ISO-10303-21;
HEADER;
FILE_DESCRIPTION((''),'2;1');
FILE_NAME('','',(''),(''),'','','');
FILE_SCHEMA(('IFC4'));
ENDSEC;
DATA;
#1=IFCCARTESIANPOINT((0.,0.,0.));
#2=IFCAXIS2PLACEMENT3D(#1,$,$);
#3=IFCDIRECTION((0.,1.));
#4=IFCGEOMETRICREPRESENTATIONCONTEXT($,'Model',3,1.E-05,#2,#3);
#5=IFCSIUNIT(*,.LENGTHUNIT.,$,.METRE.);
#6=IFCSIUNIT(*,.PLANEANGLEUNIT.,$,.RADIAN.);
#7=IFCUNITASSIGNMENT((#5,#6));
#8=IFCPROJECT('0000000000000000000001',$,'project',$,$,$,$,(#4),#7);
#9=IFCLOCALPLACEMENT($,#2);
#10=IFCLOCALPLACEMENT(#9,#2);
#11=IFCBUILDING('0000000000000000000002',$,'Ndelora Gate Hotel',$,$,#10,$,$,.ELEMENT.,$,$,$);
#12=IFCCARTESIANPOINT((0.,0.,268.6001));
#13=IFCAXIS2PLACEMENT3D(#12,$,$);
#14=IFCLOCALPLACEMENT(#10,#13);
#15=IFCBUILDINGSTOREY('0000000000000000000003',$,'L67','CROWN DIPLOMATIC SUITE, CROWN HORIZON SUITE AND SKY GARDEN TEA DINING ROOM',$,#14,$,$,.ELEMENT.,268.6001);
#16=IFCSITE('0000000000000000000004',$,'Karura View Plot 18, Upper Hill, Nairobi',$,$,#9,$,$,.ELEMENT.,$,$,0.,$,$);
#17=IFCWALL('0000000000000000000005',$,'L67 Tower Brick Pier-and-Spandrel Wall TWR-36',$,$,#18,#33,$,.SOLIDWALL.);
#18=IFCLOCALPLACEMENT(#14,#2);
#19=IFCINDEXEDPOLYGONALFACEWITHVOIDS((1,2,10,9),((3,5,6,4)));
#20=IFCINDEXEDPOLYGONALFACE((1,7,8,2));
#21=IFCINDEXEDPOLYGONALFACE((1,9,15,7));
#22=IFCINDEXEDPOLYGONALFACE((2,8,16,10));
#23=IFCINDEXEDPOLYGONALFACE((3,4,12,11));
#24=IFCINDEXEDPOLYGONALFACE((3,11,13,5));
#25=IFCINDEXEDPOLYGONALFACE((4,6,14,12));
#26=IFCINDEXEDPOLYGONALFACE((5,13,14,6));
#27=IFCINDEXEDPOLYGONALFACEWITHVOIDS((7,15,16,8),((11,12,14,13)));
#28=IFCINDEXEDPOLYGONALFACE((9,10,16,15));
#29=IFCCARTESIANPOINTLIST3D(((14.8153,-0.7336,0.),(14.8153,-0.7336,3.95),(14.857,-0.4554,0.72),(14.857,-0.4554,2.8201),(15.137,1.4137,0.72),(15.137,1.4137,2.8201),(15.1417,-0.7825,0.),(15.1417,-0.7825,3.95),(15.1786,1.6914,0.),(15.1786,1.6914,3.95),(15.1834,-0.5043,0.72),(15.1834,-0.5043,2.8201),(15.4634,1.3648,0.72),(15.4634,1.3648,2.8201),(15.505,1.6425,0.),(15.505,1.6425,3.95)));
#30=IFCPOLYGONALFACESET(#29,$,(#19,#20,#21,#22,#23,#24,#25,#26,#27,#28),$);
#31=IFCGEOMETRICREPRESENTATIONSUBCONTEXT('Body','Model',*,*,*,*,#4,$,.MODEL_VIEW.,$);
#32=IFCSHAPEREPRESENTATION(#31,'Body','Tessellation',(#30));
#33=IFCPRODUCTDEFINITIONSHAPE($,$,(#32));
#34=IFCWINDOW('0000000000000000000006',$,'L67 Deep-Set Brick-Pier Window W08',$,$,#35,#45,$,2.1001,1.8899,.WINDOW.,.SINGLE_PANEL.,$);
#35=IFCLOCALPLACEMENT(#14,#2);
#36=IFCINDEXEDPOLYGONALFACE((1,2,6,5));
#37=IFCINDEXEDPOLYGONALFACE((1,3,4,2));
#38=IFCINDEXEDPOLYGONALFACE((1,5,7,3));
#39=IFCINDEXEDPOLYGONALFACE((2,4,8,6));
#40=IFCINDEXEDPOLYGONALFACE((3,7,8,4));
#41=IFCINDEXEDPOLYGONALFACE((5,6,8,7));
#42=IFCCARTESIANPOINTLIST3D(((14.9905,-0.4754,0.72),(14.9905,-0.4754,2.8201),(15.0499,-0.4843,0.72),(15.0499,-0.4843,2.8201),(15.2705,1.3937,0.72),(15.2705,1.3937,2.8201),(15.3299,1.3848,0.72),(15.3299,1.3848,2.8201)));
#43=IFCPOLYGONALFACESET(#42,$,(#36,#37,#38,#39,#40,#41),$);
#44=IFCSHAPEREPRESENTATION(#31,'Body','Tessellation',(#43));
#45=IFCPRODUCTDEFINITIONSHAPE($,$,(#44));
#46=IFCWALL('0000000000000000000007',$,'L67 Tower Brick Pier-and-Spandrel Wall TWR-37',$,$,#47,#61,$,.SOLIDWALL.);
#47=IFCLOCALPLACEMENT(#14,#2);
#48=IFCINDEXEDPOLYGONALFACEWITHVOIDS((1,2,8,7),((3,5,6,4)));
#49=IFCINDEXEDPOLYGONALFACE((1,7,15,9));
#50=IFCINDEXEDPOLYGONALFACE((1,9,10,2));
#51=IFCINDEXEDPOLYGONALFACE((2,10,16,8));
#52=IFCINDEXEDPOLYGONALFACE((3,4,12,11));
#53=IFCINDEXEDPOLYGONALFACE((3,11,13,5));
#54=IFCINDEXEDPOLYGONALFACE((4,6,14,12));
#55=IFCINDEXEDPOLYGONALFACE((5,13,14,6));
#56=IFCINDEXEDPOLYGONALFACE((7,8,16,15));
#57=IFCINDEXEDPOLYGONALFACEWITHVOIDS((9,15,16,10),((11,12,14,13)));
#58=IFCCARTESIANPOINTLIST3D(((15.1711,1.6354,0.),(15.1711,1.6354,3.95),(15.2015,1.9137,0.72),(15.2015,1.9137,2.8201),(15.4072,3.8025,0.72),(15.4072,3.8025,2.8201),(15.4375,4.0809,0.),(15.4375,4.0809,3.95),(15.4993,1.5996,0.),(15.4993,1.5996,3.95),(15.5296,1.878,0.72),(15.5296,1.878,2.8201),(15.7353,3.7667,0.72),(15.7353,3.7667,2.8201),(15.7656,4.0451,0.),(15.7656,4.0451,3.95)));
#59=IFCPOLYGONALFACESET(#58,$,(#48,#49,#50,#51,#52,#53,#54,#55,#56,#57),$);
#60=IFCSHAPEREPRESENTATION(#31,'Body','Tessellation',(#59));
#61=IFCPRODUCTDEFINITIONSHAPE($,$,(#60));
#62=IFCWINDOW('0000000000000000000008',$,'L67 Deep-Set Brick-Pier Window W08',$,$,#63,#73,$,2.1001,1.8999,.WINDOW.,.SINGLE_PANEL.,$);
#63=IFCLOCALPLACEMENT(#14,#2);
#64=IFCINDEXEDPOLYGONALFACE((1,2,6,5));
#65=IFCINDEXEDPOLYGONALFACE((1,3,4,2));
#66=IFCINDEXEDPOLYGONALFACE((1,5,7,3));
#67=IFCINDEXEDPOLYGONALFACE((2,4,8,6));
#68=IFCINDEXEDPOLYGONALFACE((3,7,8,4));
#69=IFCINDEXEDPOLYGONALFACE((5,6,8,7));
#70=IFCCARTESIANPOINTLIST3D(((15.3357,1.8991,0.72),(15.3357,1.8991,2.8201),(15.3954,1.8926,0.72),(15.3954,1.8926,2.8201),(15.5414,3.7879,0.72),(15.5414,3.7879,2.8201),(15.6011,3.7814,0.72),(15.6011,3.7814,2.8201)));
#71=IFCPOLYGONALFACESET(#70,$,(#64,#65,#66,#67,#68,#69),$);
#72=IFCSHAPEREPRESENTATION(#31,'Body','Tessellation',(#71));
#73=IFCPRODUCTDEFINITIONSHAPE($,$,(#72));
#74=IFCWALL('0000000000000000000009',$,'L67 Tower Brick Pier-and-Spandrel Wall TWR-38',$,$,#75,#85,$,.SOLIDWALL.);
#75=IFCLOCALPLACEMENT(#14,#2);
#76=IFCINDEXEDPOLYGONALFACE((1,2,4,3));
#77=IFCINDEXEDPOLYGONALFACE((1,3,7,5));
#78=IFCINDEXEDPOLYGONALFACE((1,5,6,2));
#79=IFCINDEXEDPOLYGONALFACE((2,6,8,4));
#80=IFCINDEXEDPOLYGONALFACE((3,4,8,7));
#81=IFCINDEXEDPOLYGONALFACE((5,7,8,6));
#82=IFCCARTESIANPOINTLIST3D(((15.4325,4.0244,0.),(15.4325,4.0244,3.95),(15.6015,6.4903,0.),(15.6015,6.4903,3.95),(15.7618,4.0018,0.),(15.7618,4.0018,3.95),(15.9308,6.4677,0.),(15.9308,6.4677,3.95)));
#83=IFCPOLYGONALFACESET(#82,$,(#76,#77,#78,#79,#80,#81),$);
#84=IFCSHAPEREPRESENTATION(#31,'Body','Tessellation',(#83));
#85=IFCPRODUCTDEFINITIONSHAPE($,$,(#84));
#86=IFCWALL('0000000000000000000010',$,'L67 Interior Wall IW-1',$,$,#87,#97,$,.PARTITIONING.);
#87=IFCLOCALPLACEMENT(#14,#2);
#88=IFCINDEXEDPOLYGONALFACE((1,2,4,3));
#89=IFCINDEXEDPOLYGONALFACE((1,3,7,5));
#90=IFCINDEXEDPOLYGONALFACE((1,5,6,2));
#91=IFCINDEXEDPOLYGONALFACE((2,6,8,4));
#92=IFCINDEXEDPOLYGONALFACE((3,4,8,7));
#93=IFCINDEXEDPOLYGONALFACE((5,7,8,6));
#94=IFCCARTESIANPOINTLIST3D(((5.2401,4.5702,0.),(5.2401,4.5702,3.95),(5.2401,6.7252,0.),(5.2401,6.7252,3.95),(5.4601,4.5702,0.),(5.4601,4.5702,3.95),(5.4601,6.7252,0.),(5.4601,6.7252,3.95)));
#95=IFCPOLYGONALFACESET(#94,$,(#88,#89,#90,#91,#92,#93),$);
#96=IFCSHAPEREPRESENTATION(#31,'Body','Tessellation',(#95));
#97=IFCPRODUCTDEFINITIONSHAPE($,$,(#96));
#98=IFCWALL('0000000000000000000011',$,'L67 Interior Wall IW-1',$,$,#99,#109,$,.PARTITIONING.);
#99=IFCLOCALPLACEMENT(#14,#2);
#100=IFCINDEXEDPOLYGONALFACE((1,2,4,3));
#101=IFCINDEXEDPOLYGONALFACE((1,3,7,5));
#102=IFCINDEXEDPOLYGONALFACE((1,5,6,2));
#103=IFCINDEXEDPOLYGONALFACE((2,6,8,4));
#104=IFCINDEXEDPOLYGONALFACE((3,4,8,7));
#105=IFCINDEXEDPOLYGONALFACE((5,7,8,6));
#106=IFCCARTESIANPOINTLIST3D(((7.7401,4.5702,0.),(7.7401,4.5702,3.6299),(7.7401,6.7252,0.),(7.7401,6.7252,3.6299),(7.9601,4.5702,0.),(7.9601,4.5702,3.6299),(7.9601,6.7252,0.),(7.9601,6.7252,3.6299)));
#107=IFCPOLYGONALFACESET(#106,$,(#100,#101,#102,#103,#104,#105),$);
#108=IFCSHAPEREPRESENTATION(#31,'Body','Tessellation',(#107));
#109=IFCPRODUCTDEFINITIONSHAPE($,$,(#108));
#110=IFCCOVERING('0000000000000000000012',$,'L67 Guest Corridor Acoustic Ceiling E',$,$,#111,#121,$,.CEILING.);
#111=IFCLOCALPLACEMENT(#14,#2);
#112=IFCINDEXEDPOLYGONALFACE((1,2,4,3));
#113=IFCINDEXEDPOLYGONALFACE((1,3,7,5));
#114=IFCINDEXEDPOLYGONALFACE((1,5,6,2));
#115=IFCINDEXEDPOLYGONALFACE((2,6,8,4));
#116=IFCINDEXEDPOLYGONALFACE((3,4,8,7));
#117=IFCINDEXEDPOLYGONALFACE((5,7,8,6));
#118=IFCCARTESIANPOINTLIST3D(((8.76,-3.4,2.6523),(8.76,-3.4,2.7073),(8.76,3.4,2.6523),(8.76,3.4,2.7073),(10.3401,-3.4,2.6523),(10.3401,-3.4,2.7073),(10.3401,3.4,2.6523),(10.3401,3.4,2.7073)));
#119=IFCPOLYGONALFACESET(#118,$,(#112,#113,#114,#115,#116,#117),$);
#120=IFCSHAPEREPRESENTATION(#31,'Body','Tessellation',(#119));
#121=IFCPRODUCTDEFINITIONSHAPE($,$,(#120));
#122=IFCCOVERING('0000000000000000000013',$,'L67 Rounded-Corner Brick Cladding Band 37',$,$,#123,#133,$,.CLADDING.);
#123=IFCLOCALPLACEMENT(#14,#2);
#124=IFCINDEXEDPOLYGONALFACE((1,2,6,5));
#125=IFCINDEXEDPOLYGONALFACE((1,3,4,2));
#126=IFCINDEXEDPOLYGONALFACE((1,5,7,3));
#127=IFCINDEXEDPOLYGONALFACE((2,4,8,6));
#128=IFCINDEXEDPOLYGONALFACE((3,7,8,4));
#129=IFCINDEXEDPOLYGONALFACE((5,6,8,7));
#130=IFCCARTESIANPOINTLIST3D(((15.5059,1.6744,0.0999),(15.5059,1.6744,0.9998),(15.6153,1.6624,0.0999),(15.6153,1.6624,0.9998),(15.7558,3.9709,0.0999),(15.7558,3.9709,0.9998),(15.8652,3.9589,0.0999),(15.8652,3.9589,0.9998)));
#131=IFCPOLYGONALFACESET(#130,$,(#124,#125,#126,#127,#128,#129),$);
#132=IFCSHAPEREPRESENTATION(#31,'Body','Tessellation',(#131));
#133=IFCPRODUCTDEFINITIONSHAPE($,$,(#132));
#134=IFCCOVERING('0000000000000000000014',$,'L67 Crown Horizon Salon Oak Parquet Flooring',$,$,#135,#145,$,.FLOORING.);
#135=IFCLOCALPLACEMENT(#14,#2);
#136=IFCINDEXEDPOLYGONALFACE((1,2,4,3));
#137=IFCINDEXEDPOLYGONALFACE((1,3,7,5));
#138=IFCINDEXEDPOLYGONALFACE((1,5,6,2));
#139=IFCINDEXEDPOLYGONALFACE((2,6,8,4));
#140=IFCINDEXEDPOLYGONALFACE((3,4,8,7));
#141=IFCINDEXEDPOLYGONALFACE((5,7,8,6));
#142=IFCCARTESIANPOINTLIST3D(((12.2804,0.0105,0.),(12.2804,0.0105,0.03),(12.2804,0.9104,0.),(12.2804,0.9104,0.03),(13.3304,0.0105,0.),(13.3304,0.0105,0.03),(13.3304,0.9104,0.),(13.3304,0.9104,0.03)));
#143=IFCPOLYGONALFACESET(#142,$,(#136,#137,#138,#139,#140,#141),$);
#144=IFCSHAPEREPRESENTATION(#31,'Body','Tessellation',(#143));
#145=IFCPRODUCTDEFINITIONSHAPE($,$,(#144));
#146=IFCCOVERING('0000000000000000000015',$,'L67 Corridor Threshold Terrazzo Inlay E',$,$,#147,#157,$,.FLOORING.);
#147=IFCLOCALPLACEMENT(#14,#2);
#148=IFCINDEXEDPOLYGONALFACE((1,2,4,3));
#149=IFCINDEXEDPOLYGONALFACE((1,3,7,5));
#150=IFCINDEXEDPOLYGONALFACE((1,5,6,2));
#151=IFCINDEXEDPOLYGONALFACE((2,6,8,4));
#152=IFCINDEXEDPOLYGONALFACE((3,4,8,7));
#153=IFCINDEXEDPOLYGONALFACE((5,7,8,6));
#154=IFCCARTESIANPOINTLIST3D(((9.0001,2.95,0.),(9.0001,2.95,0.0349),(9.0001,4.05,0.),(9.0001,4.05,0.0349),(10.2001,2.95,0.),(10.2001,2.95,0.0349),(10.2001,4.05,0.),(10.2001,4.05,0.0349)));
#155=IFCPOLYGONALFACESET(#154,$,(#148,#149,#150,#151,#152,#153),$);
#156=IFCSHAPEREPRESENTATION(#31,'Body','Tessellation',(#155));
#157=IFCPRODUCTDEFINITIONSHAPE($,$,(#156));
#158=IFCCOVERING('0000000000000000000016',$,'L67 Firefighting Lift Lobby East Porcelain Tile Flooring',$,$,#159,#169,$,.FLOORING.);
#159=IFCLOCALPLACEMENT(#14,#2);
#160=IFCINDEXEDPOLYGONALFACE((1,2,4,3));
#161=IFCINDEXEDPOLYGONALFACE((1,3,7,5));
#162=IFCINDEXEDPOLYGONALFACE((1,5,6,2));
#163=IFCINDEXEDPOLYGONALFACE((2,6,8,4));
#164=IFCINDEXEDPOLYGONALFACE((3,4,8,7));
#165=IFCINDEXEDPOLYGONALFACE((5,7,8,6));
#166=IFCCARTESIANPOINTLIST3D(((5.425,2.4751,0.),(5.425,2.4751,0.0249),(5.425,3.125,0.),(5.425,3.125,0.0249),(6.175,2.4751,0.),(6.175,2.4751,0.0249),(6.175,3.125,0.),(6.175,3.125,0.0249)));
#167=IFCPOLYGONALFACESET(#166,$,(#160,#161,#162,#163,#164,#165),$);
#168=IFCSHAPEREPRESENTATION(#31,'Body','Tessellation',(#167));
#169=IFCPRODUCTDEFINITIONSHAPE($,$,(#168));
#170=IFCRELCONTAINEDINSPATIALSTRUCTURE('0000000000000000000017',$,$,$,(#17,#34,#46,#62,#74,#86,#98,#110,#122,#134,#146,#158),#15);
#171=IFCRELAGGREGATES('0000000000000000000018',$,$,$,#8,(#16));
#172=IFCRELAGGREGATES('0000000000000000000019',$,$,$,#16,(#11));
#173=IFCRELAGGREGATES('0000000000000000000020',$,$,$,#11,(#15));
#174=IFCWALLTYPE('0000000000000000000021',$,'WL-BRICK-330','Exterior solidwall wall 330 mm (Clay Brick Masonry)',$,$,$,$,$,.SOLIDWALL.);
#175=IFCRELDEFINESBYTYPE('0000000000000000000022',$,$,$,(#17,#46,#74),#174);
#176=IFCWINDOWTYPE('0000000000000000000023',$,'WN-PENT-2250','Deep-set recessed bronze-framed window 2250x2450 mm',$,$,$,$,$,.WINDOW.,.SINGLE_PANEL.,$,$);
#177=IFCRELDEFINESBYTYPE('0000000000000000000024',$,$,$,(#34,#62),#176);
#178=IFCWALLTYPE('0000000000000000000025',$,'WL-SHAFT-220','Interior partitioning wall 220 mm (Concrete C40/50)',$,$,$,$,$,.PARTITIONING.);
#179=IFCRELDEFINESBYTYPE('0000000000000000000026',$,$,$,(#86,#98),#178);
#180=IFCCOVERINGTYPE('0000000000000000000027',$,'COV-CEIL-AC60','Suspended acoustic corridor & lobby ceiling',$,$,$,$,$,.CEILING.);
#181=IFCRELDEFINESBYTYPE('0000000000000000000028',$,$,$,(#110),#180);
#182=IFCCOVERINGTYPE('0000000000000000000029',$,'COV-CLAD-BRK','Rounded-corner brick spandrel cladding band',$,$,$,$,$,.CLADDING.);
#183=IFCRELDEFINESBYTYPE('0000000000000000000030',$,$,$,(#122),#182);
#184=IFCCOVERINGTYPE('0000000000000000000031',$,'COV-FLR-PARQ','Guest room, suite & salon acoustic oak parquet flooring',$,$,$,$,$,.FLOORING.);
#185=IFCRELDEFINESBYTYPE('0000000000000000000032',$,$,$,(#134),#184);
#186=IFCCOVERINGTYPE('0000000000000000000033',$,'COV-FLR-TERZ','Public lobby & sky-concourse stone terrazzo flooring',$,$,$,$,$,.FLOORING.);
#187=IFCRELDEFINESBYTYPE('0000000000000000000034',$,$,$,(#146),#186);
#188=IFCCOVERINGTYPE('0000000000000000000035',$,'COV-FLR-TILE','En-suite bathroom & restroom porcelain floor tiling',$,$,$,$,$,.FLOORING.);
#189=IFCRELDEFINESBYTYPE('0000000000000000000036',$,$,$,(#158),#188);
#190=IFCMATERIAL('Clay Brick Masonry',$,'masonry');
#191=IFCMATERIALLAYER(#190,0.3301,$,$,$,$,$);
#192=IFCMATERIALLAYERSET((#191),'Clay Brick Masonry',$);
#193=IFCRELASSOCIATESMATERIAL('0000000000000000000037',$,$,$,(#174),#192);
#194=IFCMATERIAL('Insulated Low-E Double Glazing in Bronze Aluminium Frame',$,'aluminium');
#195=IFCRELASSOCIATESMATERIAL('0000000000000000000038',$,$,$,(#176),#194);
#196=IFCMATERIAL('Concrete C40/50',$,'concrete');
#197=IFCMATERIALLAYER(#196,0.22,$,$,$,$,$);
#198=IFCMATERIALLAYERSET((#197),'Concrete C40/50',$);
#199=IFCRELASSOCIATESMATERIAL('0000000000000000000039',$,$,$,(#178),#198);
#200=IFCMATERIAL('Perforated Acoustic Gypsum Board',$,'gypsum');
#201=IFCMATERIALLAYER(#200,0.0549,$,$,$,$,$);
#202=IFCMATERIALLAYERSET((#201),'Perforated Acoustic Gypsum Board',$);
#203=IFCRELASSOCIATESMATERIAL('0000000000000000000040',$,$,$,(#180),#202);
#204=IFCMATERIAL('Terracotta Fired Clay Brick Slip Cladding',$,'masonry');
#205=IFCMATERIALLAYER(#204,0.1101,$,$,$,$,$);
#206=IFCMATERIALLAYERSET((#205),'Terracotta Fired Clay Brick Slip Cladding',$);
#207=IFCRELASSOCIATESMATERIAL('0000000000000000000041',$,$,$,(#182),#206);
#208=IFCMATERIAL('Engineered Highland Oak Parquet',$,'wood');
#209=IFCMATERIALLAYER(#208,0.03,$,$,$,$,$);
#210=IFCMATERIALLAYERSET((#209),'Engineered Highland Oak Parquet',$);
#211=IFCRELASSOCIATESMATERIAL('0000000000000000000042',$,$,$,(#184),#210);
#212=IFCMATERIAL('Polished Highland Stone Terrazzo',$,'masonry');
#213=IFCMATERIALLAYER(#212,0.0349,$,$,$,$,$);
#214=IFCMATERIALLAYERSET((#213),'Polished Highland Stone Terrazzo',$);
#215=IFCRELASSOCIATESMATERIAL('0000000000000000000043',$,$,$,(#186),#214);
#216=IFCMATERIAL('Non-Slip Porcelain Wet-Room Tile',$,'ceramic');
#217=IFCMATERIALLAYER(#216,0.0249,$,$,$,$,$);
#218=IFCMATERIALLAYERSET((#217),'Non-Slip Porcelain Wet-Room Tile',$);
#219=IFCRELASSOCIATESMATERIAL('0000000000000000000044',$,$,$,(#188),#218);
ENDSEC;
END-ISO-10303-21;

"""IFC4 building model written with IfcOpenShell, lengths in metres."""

from ifc_helpers import new_model, si_unit, direction, frame, frame_2d, origin, origin_2d, place, context, subcontext, project, spatial, rectangle, extrude, material, layer, layer_set, type_object, element, fill, save


model = new_model("IFC4")

# Units and contexts
model_context = context("Model", 3, precision=1e-05, world=origin(), true_north=direction((0.0, 1.0)))
body_context = subcontext(model_context, "Body", "Model", "MODEL_VIEW")
ifc_project = project(units=[si_unit("LENGTHUNIT", "METRE"), si_unit("PLANEANGLEUNIT", "RADIAN")], contexts=[model_context])

# Site, building, storey
site_placement = place(None, origin())
site = spatial("IfcSite", under=ifc_project, at=site_placement, Name="Karura View Plot 18, Upper Hill, Nairobi", CompositionType="ELEMENT", RefElevation=0.0)
building_placement = place(site_placement, origin())
building = spatial("IfcBuilding", under=site, at=building_placement, Name="Ndelora Gate Hotel", CompositionType="ELEMENT")
storey_placement = place(building_placement, frame((0.0, 0.0, 268.6001)))
storey = spatial("IfcBuildingStorey", under=building, at=storey_placement, Name="L67", Description="CROWN DIPLOMATIC SUITE, CROWN HORIZON SUITE AND SKY GARDEN TEA DINING ROOM", CompositionType="ELEMENT", Elevation=268.6001)

# Walls, openings, windows
ifc_material_1 = material(Name="Clay Brick Masonry", Category="masonry")
ifc_layer_1 = layer(ifc_material_1, 0.3301)
ifc_layer_set_1 = layer_set([ifc_layer_1], Name="Clay Brick Masonry")
wall_type_1 = type_object("IfcWallType", Name="WL-BRICK-330", Description="Exterior solidwall wall 330 mm (Clay Brick Masonry)", PredefinedType="SOLIDWALL", material=ifc_layer_set_1)
wall_1_placement = place(storey_placement, frame((15.3418, 1.667, 0.0), z_axis=(0.0, 0.0, 1.0), x_axis=(-0.148151, -0.988965, 0.0)))
wall_1 = element("IfcWall", 1, at=wall_1_placement, inside=storey, type_object=wall_type_1, Name="L67 Tower Brick Pier-and-Spandrel Wall TWR-36", PredefinedType="SOLIDWALL", context=body_context, shape_type="SweptSolid", body=[
    extrude(rectangle(XDim=2.4521, YDim=0.3301, at=frame_2d((1.2261, 0.0))), origin(), (0.0, 0.0, 1.0), 3.95),
])
opening_1_placement = place(wall_1_placement, frame((0.281, 0.0, 0.72)))
opening_1 = element("IfcOpeningElement", 2, at=opening_1_placement, cuts=wall_1, PredefinedType="OPENING", context=body_context, shape_type="SweptSolid", body=[
    extrude(rectangle(XDim=1.8899, YDim=2.1001, at=frame_2d((0.9448, 1.05))), frame((0.0, 0.175, 0.0), z_axis=(0.0, -1.0, 0.0), x_axis=(1.0, 0.0, 0.0)), (0.0, 0.0, 1.0), 0.3501),
])
ifc_material_2 = material(Name="Insulated Low-E Double Glazing in Bronze Aluminium Frame", Category="aluminium")
window_type = type_object("IfcWindowType", Name="WN-PENT-2250", Description="Deep-set recessed bronze-framed window 2250x2450 mm", PartitioningType="SINGLE_PANEL", PredefinedType="WINDOW", material=ifc_material_2)
window_1_placement = place(opening_1_placement, origin())
window_1 = element("IfcWindow", 3, at=window_1_placement, inside=storey, type_object=window_type, Name="L67 Deep-Set Brick-Pier Window W08", OverallHeight=2.1001, OverallWidth=1.8899, PartitioningType="SINGLE_PANEL", PredefinedType="WINDOW", context=body_context, shape_type="SweptSolid", body=[
    extrude(rectangle(XDim=1.8899, YDim=2.1001, at=frame_2d((0.9448, 1.05))), frame((0.0, 0.03, 0.0), z_axis=(0.0, -1.0, 0.0), x_axis=(1.0, 0.0, 0.0)), (0.0, 0.0, 1.0), 0.0601),
])
fill(opening_1, window_1)
wall_2_placement = place(storey_placement, frame((15.6016, 4.063, 0.0), z_axis=(0.0, 0.0, 1.0), x_axis=(-0.108275, -0.994121, 0.0)))
wall_2 = element("IfcWall", 4, at=wall_2_placement, inside=storey, type_object=wall_type_1, Name="L67 Tower Brick Pier-and-Spandrel Wall TWR-37", PredefinedType="SOLIDWALL", context=body_context, shape_type="SweptSolid", body=[
    extrude(rectangle(XDim=2.46, YDim=0.3301, at=frame_2d((1.23, 0.0))), origin(), (0.0, 0.0, 1.0), 3.95),
])
opening_2_placement = place(wall_2_placement, frame((0.28, 0.0, 0.72)))
opening_2 = element("IfcOpeningElement", 5, at=opening_2_placement, cuts=wall_2, PredefinedType="OPENING", context=body_context, shape_type="SweptSolid", body=[
    extrude(rectangle(XDim=1.8999, YDim=2.1001, at=frame_2d((0.95, 1.05))), frame((0.0, 0.175, 0.0), z_axis=(0.0, -1.0, 0.0), x_axis=(1.0, 0.0, 0.0)), (0.0, 0.0, 1.0), 0.3501),
])
window_2_placement = place(opening_2_placement, origin())
window_2 = element("IfcWindow", 6, at=window_2_placement, inside=storey, type_object=window_type, Name="L67 Deep-Set Brick-Pier Window W08", OverallHeight=2.1001, OverallWidth=1.8999, PartitioningType="SINGLE_PANEL", PredefinedType="WINDOW", context=body_context, shape_type="SweptSolid", body=[
    extrude(rectangle(XDim=1.8999, YDim=2.1001, at=frame_2d((0.95, 1.05))), frame((0.0, 0.03, 0.0), z_axis=(0.0, -1.0, 0.0), x_axis=(1.0, 0.0, 0.0)), (0.0, 0.0, 1.0), 0.0601),
])
fill(opening_2, window_2)

# Wall
wall_3_placement = place(storey_placement, frame((15.7661, 6.479, 0.0), z_axis=(0.0, 0.0, 1.0), x_axis=(-0.068355, -0.997661, 0.0)))
element("IfcWall", 7, at=wall_3_placement, inside=storey, type_object=wall_type_1, Name="L67 Tower Brick Pier-and-Spandrel Wall TWR-38", PredefinedType="SOLIDWALL", context=body_context, shape_type="SweptSolid", body=[
    extrude(rectangle(XDim=2.4717, YDim=0.3301, at=frame_2d((1.2358, 0.0))), origin(), (0.0, 0.0, 1.0), 3.95),
])

# Shared definitions
ifc_material_3 = material(Name="Concrete C40/50", Category="concrete")

# Walls
ifc_layer_2 = layer(ifc_material_3, 0.22)
ifc_layer_set_2 = layer_set([ifc_layer_2], Name="Concrete C40/50")
wall_type_2 = type_object("IfcWallType", Name="WL-SHAFT-220", Description="Interior partitioning wall 220 mm (Concrete C40/50)", PredefinedType="PARTITIONING", material=ifc_layer_set_2)
wall_4_placement = place(storey_placement, frame((5.3501, 4.5701, 0.0), z_axis=(0.0, 0.0, 1.0), x_axis=(0.0, 1.0, 0.0)))
element("IfcWall", 8, at=wall_4_placement, inside=storey, type_object=wall_type_2, Name="L67 Interior Wall IW-1", PredefinedType="PARTITIONING", context=body_context, shape_type="SweptSolid", body=[
    extrude(rectangle(XDim=2.155, YDim=0.22, at=frame_2d((1.0776, 0.0))), origin(), (0.0, 0.0, 1.0), 3.95),
])
wall_5_placement = place(storey_placement, frame((7.8501, 4.5701, 0.0), z_axis=(0.0, 0.0, 1.0), x_axis=(0.0, 1.0, 0.0)))
element("IfcWall", 9, at=wall_5_placement, inside=storey, type_object=wall_type_2, Name="L67 Interior Wall IW-1", PredefinedType="PARTITIONING", context=body_context, shape_type="SweptSolid", body=[
    extrude(rectangle(XDim=2.155, YDim=0.22, at=frame_2d((1.0776, 0.0))), origin(), (0.0, 0.0, 1.0), 3.6299),
])

# Coverings
ifc_material_4 = material(Name="Perforated Acoustic Gypsum Board", Category="gypsum")
ifc_layer_3 = layer(ifc_material_4, 0.0549)
ifc_layer_set_3 = layer_set([ifc_layer_3], Name="Perforated Acoustic Gypsum Board")
covering_type_1 = type_object("IfcCoveringType", Name="COV-CEIL-AC60", Description="Suspended acoustic corridor & lobby ceiling", PredefinedType="CEILING", material=ifc_layer_set_3)
covering_1_placement = place(storey_placement, frame((9.55, 0.0, 2.6523), z_axis=(0.0, 0.0, 1.0), x_axis=(1.0, 0.0, 0.0)))
element("IfcCovering", 10, at=covering_1_placement, inside=storey, type_object=covering_type_1, Name="L67 Guest Corridor Acoustic Ceiling E", PredefinedType="CEILING", context=body_context, shape_type="SweptSolid", body=[
    extrude(rectangle(XDim=1.5801, YDim=6.8, at=origin_2d()), origin(), (0.0, 0.0, 1.0), 0.0549),
])
ifc_material_5 = material(Name="Terracotta Fired Clay Brick Slip Cladding", Category="masonry")
ifc_layer_4 = layer(ifc_material_5, 0.1101)
ifc_layer_set_4 = layer_set([ifc_layer_4], Name="Terracotta Fired Clay Brick Slip Cladding")
covering_type_2 = type_object("IfcCoveringType", Name="COV-CLAD-BRK", Description="Rounded-corner brick spandrel cladding band", PredefinedType="CLADDING", material=ifc_layer_set_4)
covering_2_placement = place(storey_placement, frame((15.6855, 2.8167, 0.0999), z_axis=(0.0, 0.0, 1.0), x_axis=(0.108173, 0.994132, 0.0)))
element("IfcCovering", 11, at=covering_2_placement, inside=storey, type_object=covering_type_2, Name="L67 Rounded-Corner Brick Cladding Band 37", PredefinedType="CLADDING", context=body_context, shape_type="SweptSolid", body=[
    extrude(rectangle(XDim=2.3101, YDim=0.1101, at=origin_2d()), origin(), (0.0, 0.0, 1.0), 0.8999),
])
ifc_material_6 = material(Name="Engineered Highland Oak Parquet", Category="wood")
ifc_layer_5 = layer(ifc_material_6, 0.03)
ifc_layer_set_5 = layer_set([ifc_layer_5], Name="Engineered Highland Oak Parquet")
covering_type_3 = type_object("IfcCoveringType", Name="COV-FLR-PARQ", Description="Guest room, suite & salon acoustic oak parquet flooring", PredefinedType="FLOORING", material=ifc_layer_set_5)
covering_3_placement = place(storey_placement, frame((12.8054, 0.4604, 0.0), z_axis=(0.0, 0.0, 1.0), x_axis=(1.0, 0.0, 0.0)))
element("IfcCovering", 12, at=covering_3_placement, inside=storey, type_object=covering_type_3, Name="L67 Crown Horizon Salon Oak Parquet Flooring", PredefinedType="FLOORING", context=body_context, shape_type="SweptSolid", body=[
    extrude(rectangle(XDim=1.05, YDim=0.8999, at=origin_2d()), origin(), (0.0, 0.0, 1.0), 0.03),
])
ifc_material_7 = material(Name="Polished Highland Stone Terrazzo", Category="masonry")
ifc_layer_6 = layer(ifc_material_7, 0.0349)
ifc_layer_set_6 = layer_set([ifc_layer_6], Name="Polished Highland Stone Terrazzo")
covering_type_4 = type_object("IfcCoveringType", Name="COV-FLR-TERZ", Description="Public lobby & sky-concourse stone terrazzo flooring", PredefinedType="FLOORING", material=ifc_layer_set_6)
covering_4_placement = place(storey_placement, frame((9.6001, 3.5, 0.0), z_axis=(0.0, 0.0, 1.0), x_axis=(1.0, 0.0, 0.0)))
element("IfcCovering", 13, at=covering_4_placement, inside=storey, type_object=covering_type_4, Name="L67 Corridor Threshold Terrazzo Inlay E", PredefinedType="FLOORING", context=body_context, shape_type="SweptSolid", body=[
    extrude(rectangle(XDim=1.2, YDim=1.1001, at=origin_2d()), origin(), (0.0, 0.0, 1.0), 0.0349),
])
ifc_material_8 = material(Name="Non-Slip Porcelain Wet-Room Tile", Category="ceramic")
ifc_layer_7 = layer(ifc_material_8, 0.0249)
ifc_layer_set_7 = layer_set([ifc_layer_7], Name="Non-Slip Porcelain Wet-Room Tile")
covering_type_5 = type_object("IfcCoveringType", Name="COV-FLR-TILE", Description="En-suite bathroom & restroom porcelain floor tiling", PredefinedType="FLOORING", material=ifc_layer_set_7)
covering_5_placement = place(storey_placement, frame((5.8, 2.8, 0.0), z_axis=(0.0, 0.0, 1.0), x_axis=(1.0, 0.0, 0.0)))
element("IfcCovering", 14, at=covering_5_placement, inside=storey, type_object=covering_type_5, Name="L67 Firefighting Lift Lobby East Porcelain Tile Flooring", PredefinedType="FLOORING", context=body_context, shape_type="SweptSolid", body=[
    extrude(rectangle(XDim=0.75, YDim=0.6499, at=origin_2d()), origin(), (0.0, 0.0, 1.0), 0.0249),
])

save(model, "model.ifc")
